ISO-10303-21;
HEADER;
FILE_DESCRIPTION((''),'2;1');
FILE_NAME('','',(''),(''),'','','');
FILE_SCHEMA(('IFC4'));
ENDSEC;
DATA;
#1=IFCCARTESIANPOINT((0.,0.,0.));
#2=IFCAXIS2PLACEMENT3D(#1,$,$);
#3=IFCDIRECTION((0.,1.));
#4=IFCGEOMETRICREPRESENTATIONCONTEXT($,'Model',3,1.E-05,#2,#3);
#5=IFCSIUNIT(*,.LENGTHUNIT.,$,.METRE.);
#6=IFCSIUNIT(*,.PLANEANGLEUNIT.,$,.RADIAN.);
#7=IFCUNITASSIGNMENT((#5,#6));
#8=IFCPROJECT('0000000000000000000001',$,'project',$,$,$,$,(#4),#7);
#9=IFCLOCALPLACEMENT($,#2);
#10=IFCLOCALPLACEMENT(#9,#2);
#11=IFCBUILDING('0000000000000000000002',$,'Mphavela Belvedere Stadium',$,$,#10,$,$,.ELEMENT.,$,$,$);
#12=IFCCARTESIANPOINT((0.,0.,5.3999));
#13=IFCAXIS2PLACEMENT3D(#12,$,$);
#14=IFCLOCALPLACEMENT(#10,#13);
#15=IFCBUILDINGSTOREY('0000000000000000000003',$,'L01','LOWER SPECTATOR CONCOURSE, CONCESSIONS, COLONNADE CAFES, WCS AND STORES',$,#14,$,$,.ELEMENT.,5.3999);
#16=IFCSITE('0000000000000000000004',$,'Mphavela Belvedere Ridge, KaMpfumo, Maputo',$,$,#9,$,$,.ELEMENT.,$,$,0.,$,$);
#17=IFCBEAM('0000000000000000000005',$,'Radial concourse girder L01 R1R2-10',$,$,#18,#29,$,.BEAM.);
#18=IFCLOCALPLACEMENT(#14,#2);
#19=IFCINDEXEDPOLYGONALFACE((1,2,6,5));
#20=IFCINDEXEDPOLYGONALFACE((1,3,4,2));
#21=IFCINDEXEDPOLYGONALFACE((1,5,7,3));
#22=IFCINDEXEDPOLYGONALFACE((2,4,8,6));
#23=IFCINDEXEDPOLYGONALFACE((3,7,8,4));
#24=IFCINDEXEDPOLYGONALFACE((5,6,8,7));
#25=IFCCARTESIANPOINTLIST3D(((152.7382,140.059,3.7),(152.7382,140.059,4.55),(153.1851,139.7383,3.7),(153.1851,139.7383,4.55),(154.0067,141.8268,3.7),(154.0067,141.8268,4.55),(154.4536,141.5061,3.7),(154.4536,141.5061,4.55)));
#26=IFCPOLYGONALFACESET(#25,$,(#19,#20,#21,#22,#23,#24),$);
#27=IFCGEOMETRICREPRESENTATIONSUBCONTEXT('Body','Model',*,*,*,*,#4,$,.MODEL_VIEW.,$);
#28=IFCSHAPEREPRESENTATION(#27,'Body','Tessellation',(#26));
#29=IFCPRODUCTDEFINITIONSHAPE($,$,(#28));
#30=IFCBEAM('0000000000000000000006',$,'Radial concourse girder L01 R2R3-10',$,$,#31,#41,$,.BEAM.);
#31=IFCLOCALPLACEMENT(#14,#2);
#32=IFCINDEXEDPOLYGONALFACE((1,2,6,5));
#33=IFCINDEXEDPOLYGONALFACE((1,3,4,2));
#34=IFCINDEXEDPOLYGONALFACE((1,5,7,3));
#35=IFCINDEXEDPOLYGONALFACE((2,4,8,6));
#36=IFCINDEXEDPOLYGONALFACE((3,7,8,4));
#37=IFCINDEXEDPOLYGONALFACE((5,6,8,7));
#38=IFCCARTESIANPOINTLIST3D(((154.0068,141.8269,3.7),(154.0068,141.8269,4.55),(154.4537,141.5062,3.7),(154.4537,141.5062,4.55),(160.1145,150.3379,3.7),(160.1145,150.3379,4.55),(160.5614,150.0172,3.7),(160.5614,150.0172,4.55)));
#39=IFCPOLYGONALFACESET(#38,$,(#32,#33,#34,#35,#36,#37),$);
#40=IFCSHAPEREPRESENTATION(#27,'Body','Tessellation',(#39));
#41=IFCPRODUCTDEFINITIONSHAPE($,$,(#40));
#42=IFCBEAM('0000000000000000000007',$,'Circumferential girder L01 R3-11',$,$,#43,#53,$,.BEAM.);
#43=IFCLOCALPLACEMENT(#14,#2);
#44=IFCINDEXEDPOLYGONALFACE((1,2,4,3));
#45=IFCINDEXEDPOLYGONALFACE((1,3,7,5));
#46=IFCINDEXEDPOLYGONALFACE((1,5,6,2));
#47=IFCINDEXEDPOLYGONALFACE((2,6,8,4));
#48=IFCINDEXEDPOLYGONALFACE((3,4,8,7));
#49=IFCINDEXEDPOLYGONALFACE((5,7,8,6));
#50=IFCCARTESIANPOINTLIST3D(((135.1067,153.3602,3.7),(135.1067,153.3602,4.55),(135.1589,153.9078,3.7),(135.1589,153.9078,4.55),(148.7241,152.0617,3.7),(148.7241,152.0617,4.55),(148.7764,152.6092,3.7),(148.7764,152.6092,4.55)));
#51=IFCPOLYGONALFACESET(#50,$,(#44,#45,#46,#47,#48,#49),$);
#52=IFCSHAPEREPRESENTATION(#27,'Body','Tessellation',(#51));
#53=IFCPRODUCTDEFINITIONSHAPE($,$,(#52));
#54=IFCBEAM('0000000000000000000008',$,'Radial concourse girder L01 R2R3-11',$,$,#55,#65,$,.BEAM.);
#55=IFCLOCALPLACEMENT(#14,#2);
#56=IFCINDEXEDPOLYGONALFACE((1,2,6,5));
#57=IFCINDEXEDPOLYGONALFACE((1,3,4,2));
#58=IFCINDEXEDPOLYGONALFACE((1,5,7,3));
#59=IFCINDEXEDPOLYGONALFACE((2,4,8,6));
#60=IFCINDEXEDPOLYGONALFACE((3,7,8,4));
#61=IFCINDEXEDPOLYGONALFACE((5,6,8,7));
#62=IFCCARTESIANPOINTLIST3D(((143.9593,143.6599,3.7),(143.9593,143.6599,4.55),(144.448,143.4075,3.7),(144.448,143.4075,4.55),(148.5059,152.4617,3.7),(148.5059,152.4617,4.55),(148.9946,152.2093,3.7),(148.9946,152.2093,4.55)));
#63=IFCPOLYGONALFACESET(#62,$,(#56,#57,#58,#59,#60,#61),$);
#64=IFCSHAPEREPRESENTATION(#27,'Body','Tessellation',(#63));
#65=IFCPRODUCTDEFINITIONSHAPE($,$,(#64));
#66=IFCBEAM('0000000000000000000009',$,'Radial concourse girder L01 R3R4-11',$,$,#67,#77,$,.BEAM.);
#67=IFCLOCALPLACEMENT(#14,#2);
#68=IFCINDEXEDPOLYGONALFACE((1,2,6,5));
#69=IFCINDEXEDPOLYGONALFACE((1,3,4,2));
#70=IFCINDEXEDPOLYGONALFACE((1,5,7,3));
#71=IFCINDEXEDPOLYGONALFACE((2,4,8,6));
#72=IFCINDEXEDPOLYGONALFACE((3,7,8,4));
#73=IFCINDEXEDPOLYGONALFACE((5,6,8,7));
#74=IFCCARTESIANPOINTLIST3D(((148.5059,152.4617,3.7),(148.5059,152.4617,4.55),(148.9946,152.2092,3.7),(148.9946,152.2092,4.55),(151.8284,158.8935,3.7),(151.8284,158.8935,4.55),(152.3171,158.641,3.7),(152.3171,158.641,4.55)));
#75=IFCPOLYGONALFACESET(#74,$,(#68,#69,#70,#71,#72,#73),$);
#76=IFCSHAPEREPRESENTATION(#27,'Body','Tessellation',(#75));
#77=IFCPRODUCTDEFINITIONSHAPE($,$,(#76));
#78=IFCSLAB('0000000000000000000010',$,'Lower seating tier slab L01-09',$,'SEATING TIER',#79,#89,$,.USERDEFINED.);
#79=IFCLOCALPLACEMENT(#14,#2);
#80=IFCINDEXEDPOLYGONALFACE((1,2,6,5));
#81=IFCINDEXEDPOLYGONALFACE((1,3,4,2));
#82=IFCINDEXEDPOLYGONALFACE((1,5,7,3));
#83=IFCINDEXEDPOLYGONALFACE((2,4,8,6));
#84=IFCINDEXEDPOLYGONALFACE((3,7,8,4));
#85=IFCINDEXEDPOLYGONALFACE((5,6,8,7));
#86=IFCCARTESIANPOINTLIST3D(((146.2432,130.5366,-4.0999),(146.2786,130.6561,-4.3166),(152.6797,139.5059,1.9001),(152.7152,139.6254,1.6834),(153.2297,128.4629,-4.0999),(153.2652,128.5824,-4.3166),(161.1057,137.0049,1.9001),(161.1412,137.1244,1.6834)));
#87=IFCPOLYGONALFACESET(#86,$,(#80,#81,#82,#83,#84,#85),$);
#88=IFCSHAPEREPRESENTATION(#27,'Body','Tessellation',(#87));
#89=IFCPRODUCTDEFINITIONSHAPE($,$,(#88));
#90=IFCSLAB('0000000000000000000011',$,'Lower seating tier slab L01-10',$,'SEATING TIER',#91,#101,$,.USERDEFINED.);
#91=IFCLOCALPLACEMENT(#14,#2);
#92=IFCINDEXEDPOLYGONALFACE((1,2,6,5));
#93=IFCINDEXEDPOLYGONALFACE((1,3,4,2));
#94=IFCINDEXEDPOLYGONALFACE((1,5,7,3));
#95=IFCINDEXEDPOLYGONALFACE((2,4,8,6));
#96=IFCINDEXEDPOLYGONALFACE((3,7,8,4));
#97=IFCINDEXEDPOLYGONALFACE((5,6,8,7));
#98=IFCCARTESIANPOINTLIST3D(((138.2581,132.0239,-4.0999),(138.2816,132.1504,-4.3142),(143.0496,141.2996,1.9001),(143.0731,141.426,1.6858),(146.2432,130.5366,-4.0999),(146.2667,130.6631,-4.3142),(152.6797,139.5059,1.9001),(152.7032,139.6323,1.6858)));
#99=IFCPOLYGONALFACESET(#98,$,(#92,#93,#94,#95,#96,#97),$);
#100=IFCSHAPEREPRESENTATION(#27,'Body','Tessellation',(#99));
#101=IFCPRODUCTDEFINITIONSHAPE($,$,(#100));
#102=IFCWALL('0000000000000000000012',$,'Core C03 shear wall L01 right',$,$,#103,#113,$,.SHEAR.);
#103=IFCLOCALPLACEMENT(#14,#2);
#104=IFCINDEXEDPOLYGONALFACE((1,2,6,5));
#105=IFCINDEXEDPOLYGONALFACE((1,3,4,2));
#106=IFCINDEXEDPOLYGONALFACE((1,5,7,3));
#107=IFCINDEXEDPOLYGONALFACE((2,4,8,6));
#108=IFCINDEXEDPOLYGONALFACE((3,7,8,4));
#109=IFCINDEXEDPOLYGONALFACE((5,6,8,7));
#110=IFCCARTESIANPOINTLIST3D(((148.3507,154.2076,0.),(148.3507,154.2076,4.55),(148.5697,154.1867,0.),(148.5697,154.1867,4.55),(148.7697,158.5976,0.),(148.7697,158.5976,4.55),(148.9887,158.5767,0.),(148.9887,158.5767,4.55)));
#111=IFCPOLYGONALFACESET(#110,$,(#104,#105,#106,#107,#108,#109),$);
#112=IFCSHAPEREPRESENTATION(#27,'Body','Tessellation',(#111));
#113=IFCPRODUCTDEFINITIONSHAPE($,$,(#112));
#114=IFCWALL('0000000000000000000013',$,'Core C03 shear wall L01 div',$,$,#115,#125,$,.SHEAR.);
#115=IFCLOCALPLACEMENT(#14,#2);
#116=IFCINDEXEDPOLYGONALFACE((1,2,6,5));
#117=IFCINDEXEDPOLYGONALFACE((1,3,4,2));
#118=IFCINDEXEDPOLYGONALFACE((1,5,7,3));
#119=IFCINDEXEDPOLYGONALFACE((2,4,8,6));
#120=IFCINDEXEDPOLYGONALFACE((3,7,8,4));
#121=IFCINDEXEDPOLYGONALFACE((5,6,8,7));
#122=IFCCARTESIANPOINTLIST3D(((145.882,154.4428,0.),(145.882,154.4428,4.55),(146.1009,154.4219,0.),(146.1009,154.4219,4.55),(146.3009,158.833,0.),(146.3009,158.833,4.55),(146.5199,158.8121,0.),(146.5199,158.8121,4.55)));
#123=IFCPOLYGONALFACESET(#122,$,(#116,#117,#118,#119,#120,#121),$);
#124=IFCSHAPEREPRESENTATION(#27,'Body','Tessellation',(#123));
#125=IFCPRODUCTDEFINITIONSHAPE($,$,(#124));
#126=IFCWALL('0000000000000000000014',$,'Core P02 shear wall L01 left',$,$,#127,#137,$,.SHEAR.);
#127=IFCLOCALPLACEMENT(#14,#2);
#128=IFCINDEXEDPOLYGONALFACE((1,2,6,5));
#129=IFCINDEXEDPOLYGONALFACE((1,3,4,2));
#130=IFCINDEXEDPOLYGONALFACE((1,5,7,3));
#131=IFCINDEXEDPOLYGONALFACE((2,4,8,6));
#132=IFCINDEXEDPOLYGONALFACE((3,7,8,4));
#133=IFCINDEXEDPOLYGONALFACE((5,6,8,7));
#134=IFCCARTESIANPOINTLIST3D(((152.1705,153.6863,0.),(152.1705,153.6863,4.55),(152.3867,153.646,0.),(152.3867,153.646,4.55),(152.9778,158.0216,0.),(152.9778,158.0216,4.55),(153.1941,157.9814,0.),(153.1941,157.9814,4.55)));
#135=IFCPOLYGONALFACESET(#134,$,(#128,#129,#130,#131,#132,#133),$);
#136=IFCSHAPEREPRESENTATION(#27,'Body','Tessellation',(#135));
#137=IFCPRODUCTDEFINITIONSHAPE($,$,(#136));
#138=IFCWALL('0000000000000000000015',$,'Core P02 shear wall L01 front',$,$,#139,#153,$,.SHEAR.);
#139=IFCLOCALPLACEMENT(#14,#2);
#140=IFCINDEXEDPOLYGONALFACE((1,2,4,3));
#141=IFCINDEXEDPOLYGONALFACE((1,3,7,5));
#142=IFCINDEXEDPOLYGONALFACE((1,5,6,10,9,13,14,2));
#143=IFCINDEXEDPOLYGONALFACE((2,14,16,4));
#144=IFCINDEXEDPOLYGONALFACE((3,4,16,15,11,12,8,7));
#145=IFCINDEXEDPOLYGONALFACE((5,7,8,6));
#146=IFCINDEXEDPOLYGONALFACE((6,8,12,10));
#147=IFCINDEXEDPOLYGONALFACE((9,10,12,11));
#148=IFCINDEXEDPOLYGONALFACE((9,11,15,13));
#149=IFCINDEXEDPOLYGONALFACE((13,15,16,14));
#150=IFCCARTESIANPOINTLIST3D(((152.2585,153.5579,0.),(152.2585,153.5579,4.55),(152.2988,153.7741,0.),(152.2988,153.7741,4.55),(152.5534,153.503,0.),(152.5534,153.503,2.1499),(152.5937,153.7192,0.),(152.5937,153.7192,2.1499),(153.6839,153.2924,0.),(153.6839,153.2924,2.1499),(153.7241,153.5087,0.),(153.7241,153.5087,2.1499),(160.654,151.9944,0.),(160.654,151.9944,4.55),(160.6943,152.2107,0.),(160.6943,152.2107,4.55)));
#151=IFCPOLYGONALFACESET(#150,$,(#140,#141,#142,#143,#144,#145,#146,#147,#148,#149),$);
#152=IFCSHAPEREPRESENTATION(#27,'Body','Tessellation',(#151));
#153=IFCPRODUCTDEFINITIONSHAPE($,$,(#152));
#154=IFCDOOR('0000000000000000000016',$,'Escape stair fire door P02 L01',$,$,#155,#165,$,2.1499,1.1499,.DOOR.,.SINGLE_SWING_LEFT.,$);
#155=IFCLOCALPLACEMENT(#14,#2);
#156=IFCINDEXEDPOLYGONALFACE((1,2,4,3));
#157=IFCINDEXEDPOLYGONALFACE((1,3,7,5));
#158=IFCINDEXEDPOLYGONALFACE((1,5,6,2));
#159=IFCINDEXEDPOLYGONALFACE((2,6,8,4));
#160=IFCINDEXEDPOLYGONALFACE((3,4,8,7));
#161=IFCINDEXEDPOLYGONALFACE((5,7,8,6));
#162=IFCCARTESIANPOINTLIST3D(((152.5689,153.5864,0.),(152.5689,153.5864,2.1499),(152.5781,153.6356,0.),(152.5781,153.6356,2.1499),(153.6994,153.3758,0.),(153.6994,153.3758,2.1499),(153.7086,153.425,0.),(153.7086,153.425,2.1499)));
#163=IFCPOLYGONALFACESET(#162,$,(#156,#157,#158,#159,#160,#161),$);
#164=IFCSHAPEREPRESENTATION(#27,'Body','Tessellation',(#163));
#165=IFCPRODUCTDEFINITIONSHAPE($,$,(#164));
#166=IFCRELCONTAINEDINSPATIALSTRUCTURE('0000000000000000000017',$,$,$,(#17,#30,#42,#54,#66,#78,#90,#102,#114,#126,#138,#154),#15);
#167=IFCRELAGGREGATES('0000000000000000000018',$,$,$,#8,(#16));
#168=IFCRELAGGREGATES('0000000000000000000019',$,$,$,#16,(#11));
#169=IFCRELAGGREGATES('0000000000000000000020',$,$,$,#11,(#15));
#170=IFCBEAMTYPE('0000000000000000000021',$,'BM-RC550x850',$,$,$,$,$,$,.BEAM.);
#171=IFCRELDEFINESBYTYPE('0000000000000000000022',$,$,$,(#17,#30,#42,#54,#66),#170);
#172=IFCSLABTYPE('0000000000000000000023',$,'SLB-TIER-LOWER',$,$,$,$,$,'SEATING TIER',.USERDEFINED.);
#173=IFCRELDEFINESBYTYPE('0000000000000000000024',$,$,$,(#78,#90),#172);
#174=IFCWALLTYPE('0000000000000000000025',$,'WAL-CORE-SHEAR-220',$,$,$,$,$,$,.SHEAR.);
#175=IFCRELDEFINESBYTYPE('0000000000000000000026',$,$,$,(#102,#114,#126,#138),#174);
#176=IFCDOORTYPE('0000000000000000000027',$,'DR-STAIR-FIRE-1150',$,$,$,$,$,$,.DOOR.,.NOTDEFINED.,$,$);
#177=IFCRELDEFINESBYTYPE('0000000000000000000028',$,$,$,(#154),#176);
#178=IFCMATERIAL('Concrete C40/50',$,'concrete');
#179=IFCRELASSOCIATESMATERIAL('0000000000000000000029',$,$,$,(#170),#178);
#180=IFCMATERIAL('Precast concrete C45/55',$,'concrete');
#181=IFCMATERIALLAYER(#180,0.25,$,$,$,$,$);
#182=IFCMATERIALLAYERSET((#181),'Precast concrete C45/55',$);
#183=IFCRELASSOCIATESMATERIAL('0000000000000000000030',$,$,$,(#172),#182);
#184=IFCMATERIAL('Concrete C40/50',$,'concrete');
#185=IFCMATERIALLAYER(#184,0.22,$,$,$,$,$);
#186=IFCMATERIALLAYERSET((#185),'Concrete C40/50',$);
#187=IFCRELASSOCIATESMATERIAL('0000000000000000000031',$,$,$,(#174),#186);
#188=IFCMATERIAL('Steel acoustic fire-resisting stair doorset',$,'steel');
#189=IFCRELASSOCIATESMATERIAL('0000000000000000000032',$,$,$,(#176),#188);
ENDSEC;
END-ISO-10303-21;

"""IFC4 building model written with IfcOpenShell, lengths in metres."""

from ifc_helpers import new_model, si_unit, direction, frame, frame_2d, origin, origin_2d, place, context, subcontext, project, spatial, polyline, rectangle, outline, extrude, material, layer, layer_set, material_profile, profile_set, type_object, element, fill, save


model = new_model("IFC4")

# Units and contexts
model_context = context("Model", 3, precision=1e-05, world=origin(), true_north=direction((0.0, 1.0)))
body_context = subcontext(model_context, "Body", "Model", "MODEL_VIEW")
ifc_project = project(units=[si_unit("LENGTHUNIT", "METRE"), si_unit("PLANEANGLEUNIT", "RADIAN")], contexts=[model_context])

# Site, building, storey
site_placement = place(None, origin())
site = spatial("IfcSite", under=ifc_project, at=site_placement, Name="Mphavela Belvedere Ridge, KaMpfumo, Maputo", CompositionType="ELEMENT", RefElevation=0.0)
building_placement = place(site_placement, origin())
building = spatial("IfcBuilding", under=site, at=building_placement, Name="Mphavela Belvedere Stadium", CompositionType="ELEMENT")
storey_placement = place(building_placement, frame((0.0, 0.0, 5.3999)))
storey = spatial("IfcBuildingStorey", under=building, at=storey_placement, Name="L01", Description="LOWER SPECTATOR CONCOURSE, CONCESSIONS, COLONNADE CAFES, WCS AND STORES", CompositionType="ELEMENT", Elevation=5.3999)

# Beams
ifc_material_1 = material(Name="Concrete C40/50", Category="concrete")
ifc_material_profile_1 = material_profile(ifc_material_1, rectangle(XDim=0.55, YDim=0.8501, at=origin_2d()), Name="RC 550x850")
ifc_profile_set_1 = profile_set([ifc_material_profile_1], Name="Concrete C40/50")
beam_type_1 = type_object("IfcBeamType", Name="BM-RC550x850", PredefinedType="BEAM", material=ifc_profile_set_1)
beam_1_placement = place(storey_placement, frame((152.9617, 139.8987, 4.125), z_axis=(0.583009, 0.812465, 0.0), x_axis=(-0.812465, 0.583009, 0.0)))
element("IfcBeam", 1, at=beam_1_placement, inside=storey, type_object=beam_type_1, Name="Radial concourse girder L01 R1R2-10", PredefinedType="BEAM", context=body_context, shape_type="SweptSolid", body=[
    extrude(rectangle(XDim=0.55, YDim=0.8501, at=origin_2d()), origin(), (0.0, 0.0, 1.0), 2.1758),
])
beam_2_placement = place(storey_placement, frame((154.2302, 141.6665, 4.125), z_axis=(0.583031, 0.81245, 0.0), x_axis=(-0.81245, 0.583031, 0.0)))
element("IfcBeam", 2, at=beam_2_placement, inside=storey, type_object=beam_type_1, Name="Radial concourse girder L01 R2R3-10", PredefinedType="BEAM", context=body_context, shape_type="SweptSolid", body=[
    extrude(rectangle(XDim=0.55, YDim=0.8501, at=origin_2d()), origin(), (0.0, 0.0, 1.0), 10.4758),
])
beam_3_placement = place(storey_placement, frame((148.7502, 152.3354, 4.125), z_axis=(-0.995484, 0.094931, 0.0), x_axis=(-0.094931, -0.995484, 0.0)))
element("IfcBeam", 3, at=beam_3_placement, inside=storey, type_object=beam_type_1, Name="Circumferential girder L01 R3-11", PredefinedType="BEAM", context=body_context, shape_type="SweptSolid", body=[
    extrude(rectangle(XDim=0.55, YDim=0.8501, at=origin_2d()), origin(), (0.0, 0.0, 1.0), 13.6792),
])
beam_4_placement = place(storey_placement, frame((144.2036, 143.5337, 4.125), z_axis=(0.458945, 0.888465, 0.0), x_axis=(-0.888465, 0.458945, 0.0)))
element("IfcBeam", 4, at=beam_4_placement, inside=storey, type_object=beam_type_1, Name="Radial concourse girder L01 R2R3-11", PredefinedType="BEAM", context=body_context, shape_type="SweptSolid", body=[
    extrude(rectangle(XDim=0.55, YDim=0.8501, at=origin_2d()), origin(), (0.0, 0.0, 1.0), 9.9067),
])
beam_5_placement = place(storey_placement, frame((148.7502, 152.3354, 4.125), z_axis=(0.458951, 0.888461, 0.0), x_axis=(-0.888461, 0.458951, 0.0)))
element("IfcBeam", 5, at=beam_5_placement, inside=storey, type_object=beam_type_1, Name="Radial concourse girder L01 R3R4-11", PredefinedType="BEAM", context=body_context, shape_type="SweptSolid", body=[
    extrude(rectangle(XDim=0.55, YDim=0.8501, at=origin_2d()), origin(), (0.0, 0.0, 1.0), 7.2393),
])

# Slabs
ifc_material_2 = material(Name="Precast concrete C45/55", Category="concrete")
ifc_layer_1 = layer(ifc_material_2, 0.25)
ifc_layer_set_1 = layer_set([ifc_layer_1], Name="Precast concrete C45/55")
slab_type = type_object("IfcSlabType", Name="SLB-TIER-LOWER", ElementType="SEATING TIER", PredefinedType="USERDEFINED", material=ifc_layer_set_1)
slab_1_placement = place(storey_placement, frame((153.2297, 128.4629, -4.0999), z_axis=(-0.141887, -0.478031, 0.866807), x_axis=(-0.958662, 0.284547, 0.0)))
element("IfcSlab", 6, at=slab_1_placement, inside=storey, type_object=slab_type, Name="Lower seating tier slab L01-09", ObjectType="SEATING TIER", PredefinedType="USERDEFINED", context=body_context, shape_type="SweptSolid", body=[
    extrude(outline(polyline([(0.0, 0.0), (7.2878, 0.0), (3.6696, -12.0326), (-5.1198, -12.0326), (0.0, 0.0)])), origin(), (0.0, 0.0, -1.0), 0.25),
])
slab_2_placement = place(storey_placement, frame((146.2432, 130.5366, -4.0999), z_axis=(-0.094236, -0.505939, 0.857406), x_axis=(-0.983092, 0.183111, 0.0)))
element("IfcSlab", 7, at=slab_2_placement, inside=storey, type_object=slab_type, Name="Lower seating tier slab L01-10", ObjectType="SEATING TIER", PredefinedType="USERDEFINED", context=body_context, shape_type="SweptSolid", body=[
    extrude(outline(polyline([(0.0, 0.0), (8.1224, 0.0), (5.1104, -11.6586), (-4.6853, -11.6586), (0.0, 0.0)])), origin(), (0.0, 0.0, -1.0), 0.25),
])

# Walls
ifc_material_3 = material(Name="Concrete C40/50", Category="concrete")
ifc_layer_2 = layer(ifc_material_3, 0.22)
ifc_layer_set_2 = layer_set([ifc_layer_2], Name="Concrete C40/50")
wall_type_1 = type_object("IfcWallType", Name="WAL-CORE-SHEAR-220", PredefinedType="SHEAR", material=ifc_layer_set_2)
wall_1_placement = place(storey_placement, frame((148.4602, 154.197, 0.0), z_axis=(0.0, 0.0, 1.0), x_axis=(0.095002, 0.995477, 0.0)))
element("IfcWall", 8, at=wall_1_placement, inside=storey, type_object=wall_type_1, Name="Core C03 shear wall L01 right", PredefinedType="SHEAR", context=body_context, shape_type="SweptSolid", body=[
    extrude(rectangle(XDim=4.4099, YDim=0.22, at=frame_2d((2.2051, 0.0))), origin(), (0.0, 0.0, 1.0), 4.55),
])
wall_2_placement = place(storey_placement, frame((145.9915, 154.4324, 0.0), z_axis=(0.0, 0.0, 1.0), x_axis=(0.094997, 0.995478, 0.0)))
element("IfcWall", 9, at=wall_2_placement, inside=storey, type_object=wall_type_1, Name="Core C03 shear wall L01 div", PredefinedType="SHEAR", context=body_context, shape_type="SweptSolid", body=[
    extrude(rectangle(XDim=4.4102, YDim=0.22, at=frame_2d((2.2051, 0.0))), origin(), (0.0, 0.0, 1.0), 4.55),
])
wall_3_placement = place(storey_placement, frame((152.2786, 153.666, 0.0), z_axis=(0.0, 0.0, 1.0), x_axis=(0.183078, 0.983098, 0.0)))
element("IfcWall", 10, at=wall_3_placement, inside=storey, type_object=wall_type_1, Name="Core P02 shear wall L01 left", PredefinedType="SHEAR", context=body_context, shape_type="SweptSolid", body=[
    extrude(rectangle(XDim=4.4099, YDim=0.22, at=frame_2d((2.2051, 0.0))), origin(), (0.0, 0.0, 1.0), 4.55),
])

# Wall, opening, door
wall_4_placement = place(storey_placement, frame((152.2786, 153.666, 0.0), z_axis=(0.0, 0.0, 1.0), x_axis=(0.983098, -0.18308, 0.0)))
wall_4 = element("IfcWall", 11, at=wall_4_placement, inside=storey, type_object=wall_type_1, Name="Core P02 shear wall L01 front", PredefinedType="SHEAR", context=body_context, shape_type="SweptSolid", body=[
    extrude(rectangle(XDim=8.5398, YDim=0.22, at=frame_2d((4.27, 0.0))), origin(), (0.0, 0.0, 1.0), 4.55),
])
opening_1_placement = place(wall_4_placement, frame((0.3, 0.0, 0.0)))
opening_1 = element("IfcOpeningElement", 12, at=opening_1_placement, cuts=wall_4, PredefinedType="OPENING", context=body_context, shape_type="SweptSolid", body=[
    extrude(rectangle(XDim=1.1499, YDim=2.1499, at=frame_2d((0.575, 1.075))), frame((0.0, 0.1201, 0.0), z_axis=(0.0, -1.0, 0.0), x_axis=(1.0, 0.0, 0.0)), (0.0, 0.0, 1.0), 0.24),
])
ifc_material_4 = material(Name="Steel acoustic fire-resisting stair doorset", Category="steel")
door_type_1 = type_object("IfcDoorType", Name="DR-STAIR-FIRE-1150", OperationType="NOTDEFINED", PredefinedType="DOOR", material=ifc_material_4)
door_1_placement = place(opening_1_placement, origin())
door_1 = element("IfcDoor", 13, at=door_1_placement, inside=storey, type_object=door_type_1, Name="Escape stair fire door P02 L01", OperationType="SINGLE_SWING_LEFT", OverallHeight=2.1499, OverallWidth=1.1499, PredefinedType="DOOR", context=body_context, shape_type="SweptSolid", body=[
    extrude(rectangle(XDim=1.1499, YDim=2.1499, at=frame_2d((0.575, 1.075))), frame((0.0, 0.0249, 0.0), z_axis=(0.0, -1.0, 0.0), x_axis=(1.0, 0.0, 0.0)), (0.0, 0.0, 1.0), 0.05),
])
fill(opening_1, door_1)

save(model, "model.ifc")
